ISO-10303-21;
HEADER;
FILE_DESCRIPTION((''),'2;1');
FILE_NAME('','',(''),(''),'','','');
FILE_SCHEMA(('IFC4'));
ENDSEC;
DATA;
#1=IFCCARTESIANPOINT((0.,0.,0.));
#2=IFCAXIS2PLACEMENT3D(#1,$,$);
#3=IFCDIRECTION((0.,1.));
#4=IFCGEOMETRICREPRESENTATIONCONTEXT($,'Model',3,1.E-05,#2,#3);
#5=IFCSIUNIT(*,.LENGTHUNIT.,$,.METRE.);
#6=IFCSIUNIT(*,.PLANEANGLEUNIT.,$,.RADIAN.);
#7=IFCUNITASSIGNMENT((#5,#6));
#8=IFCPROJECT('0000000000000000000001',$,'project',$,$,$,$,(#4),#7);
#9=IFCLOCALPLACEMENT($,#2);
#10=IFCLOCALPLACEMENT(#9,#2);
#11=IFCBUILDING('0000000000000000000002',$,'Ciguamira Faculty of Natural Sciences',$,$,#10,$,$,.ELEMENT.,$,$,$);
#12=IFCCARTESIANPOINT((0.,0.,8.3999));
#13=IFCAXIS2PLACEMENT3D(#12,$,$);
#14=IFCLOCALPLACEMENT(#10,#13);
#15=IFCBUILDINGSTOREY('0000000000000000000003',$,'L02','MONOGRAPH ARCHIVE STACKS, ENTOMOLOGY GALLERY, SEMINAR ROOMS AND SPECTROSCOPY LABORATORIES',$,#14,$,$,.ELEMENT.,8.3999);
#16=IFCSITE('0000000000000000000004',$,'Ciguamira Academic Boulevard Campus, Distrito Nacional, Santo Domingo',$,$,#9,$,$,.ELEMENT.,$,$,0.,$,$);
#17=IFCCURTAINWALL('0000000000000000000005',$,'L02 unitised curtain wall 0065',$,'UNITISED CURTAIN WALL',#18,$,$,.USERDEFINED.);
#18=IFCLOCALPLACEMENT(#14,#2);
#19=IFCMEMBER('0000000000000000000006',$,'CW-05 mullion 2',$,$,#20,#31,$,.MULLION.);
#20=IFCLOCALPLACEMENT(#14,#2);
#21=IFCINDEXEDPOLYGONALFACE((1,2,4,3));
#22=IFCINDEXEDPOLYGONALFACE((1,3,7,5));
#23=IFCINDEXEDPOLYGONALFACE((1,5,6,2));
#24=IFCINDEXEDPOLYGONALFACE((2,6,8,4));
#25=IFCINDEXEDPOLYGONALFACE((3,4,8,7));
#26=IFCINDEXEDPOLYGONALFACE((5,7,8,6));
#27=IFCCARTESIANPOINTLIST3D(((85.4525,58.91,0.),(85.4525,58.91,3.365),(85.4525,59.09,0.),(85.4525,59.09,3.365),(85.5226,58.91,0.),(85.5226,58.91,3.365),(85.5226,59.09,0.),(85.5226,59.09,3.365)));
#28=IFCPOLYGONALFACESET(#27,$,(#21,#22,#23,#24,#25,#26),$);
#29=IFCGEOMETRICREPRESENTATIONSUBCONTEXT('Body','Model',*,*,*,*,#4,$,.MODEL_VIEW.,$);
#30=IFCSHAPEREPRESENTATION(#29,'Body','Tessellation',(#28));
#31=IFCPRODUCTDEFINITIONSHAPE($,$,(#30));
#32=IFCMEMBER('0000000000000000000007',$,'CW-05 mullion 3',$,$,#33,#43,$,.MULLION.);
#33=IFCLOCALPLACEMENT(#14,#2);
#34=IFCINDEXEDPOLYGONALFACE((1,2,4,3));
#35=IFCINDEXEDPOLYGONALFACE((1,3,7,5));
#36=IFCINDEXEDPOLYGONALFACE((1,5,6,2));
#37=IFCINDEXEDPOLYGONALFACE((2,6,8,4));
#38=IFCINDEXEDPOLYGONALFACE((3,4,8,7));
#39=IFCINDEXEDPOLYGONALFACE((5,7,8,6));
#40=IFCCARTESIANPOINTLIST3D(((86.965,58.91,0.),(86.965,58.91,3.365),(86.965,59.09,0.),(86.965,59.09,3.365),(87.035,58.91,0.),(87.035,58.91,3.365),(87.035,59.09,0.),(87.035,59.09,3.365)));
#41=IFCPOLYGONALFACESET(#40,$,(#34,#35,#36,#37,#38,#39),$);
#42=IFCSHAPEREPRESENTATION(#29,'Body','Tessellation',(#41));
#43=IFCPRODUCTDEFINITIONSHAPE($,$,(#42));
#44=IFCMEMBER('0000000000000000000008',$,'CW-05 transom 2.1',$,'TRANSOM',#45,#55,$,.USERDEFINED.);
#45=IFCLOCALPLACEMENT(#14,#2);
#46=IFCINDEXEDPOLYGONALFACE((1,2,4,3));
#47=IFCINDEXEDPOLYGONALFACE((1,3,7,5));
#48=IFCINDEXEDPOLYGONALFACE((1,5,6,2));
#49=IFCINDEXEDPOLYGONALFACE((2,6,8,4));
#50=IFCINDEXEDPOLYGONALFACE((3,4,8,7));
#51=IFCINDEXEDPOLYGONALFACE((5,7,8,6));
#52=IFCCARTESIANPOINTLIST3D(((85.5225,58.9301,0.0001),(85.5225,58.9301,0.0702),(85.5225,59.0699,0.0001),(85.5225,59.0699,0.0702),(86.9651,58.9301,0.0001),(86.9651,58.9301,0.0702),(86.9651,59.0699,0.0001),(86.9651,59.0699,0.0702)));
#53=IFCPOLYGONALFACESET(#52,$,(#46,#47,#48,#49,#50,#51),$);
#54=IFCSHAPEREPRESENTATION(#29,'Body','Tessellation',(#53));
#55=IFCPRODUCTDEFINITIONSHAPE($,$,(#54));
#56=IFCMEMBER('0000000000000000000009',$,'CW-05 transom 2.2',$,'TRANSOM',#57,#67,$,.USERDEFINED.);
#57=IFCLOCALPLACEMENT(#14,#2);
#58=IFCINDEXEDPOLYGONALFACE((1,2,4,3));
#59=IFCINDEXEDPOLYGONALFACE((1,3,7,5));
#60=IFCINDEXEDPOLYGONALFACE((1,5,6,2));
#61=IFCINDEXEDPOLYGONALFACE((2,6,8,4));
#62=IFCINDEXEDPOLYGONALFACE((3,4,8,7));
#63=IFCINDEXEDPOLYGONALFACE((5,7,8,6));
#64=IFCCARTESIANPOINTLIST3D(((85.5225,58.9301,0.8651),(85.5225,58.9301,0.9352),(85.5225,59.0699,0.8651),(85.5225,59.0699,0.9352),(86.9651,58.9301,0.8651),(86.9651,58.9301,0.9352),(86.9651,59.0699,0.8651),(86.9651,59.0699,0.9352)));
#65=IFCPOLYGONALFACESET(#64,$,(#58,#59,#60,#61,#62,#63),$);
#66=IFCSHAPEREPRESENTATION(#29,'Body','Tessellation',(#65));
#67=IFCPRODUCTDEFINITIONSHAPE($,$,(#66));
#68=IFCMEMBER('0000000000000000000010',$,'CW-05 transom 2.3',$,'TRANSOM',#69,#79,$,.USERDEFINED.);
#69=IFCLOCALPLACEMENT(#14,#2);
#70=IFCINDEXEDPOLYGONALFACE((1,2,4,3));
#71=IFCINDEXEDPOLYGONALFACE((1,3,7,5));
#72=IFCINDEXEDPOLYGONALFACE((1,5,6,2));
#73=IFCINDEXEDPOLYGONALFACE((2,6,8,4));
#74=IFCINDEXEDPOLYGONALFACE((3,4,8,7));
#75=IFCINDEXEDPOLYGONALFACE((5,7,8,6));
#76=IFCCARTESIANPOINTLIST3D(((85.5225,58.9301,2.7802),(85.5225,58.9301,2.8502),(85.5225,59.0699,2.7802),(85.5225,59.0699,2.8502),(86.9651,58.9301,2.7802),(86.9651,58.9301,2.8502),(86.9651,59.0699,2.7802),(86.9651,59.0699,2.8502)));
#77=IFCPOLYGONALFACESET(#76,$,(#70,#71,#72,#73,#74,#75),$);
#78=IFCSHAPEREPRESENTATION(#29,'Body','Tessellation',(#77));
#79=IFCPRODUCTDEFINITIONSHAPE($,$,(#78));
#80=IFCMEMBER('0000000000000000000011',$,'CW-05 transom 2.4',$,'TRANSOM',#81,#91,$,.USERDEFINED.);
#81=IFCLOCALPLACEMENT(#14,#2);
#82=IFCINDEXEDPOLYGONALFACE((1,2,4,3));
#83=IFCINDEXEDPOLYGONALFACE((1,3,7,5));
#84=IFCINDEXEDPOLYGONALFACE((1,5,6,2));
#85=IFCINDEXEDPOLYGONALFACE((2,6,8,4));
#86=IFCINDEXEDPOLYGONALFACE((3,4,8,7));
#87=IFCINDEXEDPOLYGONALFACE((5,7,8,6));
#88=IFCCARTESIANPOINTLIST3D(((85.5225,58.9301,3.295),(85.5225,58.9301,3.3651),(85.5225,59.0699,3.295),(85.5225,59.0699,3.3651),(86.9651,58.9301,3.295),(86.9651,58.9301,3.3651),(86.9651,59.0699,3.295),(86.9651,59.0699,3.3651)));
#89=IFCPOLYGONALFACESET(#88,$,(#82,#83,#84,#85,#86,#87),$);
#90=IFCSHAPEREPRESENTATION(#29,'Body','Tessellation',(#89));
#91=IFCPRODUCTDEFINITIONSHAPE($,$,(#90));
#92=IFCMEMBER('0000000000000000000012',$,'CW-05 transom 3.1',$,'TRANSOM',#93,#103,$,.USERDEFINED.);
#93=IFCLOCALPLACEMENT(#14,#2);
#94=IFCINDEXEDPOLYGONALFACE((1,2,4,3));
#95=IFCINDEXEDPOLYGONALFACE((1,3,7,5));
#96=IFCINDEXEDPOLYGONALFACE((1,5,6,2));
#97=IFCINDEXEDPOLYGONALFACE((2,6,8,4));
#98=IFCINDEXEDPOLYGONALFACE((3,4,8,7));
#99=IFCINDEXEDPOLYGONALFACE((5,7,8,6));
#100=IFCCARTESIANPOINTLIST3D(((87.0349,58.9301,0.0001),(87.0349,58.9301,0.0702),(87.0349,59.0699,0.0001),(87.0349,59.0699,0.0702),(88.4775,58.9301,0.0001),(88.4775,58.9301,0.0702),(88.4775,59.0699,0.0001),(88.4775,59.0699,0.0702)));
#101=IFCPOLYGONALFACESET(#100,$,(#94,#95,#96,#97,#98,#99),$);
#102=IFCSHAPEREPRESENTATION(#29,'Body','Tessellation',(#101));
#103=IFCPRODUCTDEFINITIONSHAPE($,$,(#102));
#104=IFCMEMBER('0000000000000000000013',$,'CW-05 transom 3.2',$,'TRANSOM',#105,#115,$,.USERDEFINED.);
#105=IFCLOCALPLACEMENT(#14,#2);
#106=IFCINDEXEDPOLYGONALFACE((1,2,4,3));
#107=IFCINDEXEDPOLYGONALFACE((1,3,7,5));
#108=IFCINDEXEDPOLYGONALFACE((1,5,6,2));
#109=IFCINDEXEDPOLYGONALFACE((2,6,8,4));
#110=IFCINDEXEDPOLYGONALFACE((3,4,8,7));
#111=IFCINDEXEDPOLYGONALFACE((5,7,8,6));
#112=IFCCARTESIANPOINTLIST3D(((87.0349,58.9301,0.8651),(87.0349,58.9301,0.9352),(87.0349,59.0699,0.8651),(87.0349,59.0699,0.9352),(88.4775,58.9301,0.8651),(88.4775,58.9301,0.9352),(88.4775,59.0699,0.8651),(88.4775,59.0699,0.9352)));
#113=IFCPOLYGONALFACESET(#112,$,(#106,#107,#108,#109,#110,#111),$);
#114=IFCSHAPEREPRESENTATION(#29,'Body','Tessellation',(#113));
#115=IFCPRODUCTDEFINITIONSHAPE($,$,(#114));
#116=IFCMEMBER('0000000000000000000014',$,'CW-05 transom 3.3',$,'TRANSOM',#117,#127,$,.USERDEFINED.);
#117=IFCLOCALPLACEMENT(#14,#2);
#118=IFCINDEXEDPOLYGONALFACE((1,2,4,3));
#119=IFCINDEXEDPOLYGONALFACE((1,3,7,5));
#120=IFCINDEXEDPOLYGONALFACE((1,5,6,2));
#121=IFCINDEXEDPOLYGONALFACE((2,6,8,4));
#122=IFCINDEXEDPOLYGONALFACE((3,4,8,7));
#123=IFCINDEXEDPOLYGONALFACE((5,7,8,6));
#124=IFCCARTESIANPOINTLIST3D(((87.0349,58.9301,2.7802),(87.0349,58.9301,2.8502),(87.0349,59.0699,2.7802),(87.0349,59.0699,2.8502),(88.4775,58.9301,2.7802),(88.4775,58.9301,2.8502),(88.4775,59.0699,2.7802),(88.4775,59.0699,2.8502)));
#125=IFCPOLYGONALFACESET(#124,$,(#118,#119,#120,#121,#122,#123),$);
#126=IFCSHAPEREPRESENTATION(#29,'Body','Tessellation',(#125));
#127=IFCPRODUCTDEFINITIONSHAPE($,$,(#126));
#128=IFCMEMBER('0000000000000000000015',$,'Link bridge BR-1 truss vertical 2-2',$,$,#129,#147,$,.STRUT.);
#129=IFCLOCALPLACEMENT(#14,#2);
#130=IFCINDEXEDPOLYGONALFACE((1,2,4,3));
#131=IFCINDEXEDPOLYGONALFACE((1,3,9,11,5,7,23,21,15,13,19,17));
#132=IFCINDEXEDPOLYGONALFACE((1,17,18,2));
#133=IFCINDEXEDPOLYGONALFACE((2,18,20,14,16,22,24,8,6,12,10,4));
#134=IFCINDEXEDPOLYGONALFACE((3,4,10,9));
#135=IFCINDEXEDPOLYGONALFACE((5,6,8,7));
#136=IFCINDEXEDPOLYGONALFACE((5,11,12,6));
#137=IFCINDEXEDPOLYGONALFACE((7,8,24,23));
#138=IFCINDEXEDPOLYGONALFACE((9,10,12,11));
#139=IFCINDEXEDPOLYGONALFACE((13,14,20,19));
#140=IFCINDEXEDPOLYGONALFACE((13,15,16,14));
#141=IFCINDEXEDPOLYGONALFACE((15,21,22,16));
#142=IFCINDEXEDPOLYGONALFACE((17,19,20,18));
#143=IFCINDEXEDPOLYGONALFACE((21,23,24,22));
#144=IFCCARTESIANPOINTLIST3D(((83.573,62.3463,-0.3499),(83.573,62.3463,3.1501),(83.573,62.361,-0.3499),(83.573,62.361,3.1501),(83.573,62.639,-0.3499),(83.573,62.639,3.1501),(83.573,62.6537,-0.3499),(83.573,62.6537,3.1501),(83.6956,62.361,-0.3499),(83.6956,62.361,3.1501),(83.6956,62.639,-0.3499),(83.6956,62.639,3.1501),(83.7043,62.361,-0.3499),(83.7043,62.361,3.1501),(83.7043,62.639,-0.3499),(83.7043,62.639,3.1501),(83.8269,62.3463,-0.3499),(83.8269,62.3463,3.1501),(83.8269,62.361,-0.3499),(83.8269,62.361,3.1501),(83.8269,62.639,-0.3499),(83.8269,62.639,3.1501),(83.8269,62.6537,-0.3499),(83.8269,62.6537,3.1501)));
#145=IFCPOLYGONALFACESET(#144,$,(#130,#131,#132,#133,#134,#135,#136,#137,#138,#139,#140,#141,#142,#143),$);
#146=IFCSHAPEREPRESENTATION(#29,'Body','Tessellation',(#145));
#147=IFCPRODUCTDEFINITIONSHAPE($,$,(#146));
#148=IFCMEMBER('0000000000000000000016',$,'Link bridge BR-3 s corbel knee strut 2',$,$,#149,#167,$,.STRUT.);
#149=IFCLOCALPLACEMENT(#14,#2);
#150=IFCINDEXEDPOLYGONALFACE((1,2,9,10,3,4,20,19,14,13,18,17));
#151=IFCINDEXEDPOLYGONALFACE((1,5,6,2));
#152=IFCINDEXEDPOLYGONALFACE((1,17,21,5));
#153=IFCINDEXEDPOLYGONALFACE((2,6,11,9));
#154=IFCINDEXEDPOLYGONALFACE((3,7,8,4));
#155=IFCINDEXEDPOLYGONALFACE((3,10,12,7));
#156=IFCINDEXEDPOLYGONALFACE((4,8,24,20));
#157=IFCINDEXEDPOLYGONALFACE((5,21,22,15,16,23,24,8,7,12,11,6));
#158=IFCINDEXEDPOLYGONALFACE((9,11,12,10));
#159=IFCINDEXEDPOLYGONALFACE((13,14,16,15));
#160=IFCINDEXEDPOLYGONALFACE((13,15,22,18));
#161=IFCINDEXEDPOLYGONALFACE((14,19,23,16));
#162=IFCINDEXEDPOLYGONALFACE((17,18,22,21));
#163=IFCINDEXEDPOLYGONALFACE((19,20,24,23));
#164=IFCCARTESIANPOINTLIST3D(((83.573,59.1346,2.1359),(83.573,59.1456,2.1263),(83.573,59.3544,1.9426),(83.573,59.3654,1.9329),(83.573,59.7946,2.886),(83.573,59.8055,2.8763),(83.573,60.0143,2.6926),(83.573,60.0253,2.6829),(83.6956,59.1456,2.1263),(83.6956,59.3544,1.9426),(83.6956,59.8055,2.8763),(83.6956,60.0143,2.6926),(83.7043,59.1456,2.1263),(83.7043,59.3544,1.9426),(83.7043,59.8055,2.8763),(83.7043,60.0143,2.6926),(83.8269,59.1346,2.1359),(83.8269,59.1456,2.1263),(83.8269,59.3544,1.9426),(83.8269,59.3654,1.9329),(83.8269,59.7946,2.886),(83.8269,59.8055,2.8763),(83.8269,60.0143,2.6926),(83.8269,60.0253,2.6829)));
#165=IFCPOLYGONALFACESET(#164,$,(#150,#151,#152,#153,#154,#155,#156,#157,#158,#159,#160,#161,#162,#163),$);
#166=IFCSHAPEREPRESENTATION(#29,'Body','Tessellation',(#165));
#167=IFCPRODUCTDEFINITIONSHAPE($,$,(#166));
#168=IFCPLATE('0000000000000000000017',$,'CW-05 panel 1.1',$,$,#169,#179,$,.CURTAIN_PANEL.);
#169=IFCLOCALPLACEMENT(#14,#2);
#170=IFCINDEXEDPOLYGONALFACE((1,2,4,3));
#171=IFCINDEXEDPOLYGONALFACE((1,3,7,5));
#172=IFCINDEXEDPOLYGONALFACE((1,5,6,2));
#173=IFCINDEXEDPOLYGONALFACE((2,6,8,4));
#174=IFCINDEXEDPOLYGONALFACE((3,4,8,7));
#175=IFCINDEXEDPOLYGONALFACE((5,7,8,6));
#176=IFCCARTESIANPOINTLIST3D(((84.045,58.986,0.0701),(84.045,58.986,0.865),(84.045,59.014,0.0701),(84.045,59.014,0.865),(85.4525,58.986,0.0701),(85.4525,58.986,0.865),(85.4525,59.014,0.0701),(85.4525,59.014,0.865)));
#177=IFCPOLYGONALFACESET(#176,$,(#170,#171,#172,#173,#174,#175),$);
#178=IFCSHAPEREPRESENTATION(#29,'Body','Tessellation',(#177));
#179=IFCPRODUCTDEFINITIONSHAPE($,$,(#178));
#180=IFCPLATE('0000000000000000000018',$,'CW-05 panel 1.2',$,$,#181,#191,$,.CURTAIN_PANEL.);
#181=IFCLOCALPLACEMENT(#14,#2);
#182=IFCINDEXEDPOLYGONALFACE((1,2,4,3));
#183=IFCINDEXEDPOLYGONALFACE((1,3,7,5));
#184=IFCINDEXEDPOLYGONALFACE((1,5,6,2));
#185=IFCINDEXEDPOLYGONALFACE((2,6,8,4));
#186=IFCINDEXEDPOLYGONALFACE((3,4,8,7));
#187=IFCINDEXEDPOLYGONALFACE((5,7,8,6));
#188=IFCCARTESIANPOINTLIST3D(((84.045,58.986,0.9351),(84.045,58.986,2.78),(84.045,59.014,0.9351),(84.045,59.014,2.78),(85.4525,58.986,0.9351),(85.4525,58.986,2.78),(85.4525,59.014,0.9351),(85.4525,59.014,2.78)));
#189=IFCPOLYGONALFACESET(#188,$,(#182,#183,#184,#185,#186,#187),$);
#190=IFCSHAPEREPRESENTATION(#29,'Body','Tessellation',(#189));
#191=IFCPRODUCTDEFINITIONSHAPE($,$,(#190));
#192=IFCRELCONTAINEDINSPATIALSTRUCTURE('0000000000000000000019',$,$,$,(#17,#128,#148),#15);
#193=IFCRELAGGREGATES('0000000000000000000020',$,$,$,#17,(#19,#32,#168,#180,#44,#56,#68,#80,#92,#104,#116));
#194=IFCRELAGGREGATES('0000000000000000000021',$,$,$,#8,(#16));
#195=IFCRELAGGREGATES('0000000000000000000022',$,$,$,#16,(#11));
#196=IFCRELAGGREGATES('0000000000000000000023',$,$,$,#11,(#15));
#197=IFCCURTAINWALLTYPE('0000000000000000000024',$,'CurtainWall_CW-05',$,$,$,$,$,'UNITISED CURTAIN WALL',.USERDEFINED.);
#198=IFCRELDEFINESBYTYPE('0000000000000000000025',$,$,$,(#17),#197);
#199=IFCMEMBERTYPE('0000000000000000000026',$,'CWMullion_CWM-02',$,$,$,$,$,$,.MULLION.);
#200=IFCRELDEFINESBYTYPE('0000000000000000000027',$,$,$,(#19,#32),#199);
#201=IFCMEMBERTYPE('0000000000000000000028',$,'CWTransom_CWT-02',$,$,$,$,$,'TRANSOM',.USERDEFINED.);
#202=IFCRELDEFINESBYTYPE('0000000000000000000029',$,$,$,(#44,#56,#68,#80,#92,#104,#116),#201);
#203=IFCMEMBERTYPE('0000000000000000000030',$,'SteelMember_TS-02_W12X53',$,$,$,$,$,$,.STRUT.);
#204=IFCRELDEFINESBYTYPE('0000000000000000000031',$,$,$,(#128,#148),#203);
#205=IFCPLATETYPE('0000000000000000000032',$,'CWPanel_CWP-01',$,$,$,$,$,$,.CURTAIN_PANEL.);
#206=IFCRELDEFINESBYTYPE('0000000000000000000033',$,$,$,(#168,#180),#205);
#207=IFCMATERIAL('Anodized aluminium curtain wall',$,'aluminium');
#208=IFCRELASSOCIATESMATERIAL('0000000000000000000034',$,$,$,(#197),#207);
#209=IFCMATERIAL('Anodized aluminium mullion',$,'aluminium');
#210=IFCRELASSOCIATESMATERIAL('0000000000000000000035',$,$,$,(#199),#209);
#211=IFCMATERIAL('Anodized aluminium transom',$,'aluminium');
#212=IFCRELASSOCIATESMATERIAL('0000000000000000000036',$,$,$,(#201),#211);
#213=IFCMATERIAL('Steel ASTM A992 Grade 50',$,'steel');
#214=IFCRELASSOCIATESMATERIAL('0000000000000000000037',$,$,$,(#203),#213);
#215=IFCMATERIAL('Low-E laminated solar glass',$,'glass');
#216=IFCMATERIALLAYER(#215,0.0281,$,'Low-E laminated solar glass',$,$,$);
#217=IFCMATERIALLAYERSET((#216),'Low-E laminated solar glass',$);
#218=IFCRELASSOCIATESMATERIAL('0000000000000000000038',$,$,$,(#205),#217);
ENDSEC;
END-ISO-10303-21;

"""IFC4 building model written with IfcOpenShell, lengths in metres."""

from ifc_helpers import new_model, si_unit, direction, frame, origin, origin_2d, place, context, subcontext, project, spatial, rectangle, i_section, extrude, material, layer, layer_set, material_profile, profile_set, type_object, element, aggregate, save


model = new_model("IFC4")

# Units and contexts
model_context = context("Model", 3, precision=1e-05, world=origin(), true_north=direction((0.0, 1.0)))
body_context = subcontext(model_context, "Body", "Model", "MODEL_VIEW")
ifc_project = project(units=[si_unit("LENGTHUNIT", "METRE"), si_unit("PLANEANGLEUNIT", "RADIAN")], contexts=[model_context])

# Site, building, storey
site_placement = place(None, origin())
site = spatial("IfcSite", under=ifc_project, at=site_placement, Name="Ciguamira Academic Boulevard Campus, Distrito Nacional, Santo Domingo", CompositionType="ELEMENT", RefElevation=0.0)
building_placement = place(site_placement, origin())
building = spatial("IfcBuilding", under=site, at=building_placement, Name="Ciguamira Faculty of Natural Sciences", CompositionType="ELEMENT")
storey_placement = place(building_placement, frame((0.0, 0.0, 8.3999)))
storey = spatial("IfcBuildingStorey", under=building, at=storey_placement, Name="L02", Description="MONOGRAPH ARCHIVE STACKS, ENTOMOLOGY GALLERY, SEMINAR ROOMS AND SPECTROSCOPY LABORATORIES", CompositionType="ELEMENT", Elevation=8.3999)

# Curtain wall, members
ifc_material_1 = material(Name="Anodized aluminium curtain wall", Category="aluminium")
curtain_wall_type = type_object("IfcCurtainWallType", Name="CurtainWall_CW-05", ElementType="UNITISED CURTAIN WALL", PredefinedType="USERDEFINED", material=ifc_material_1)
curtain_wall_placement = place(storey_placement, origin())
curtain_wall = element("IfcCurtainWall", 1, at=curtain_wall_placement, inside=storey, type_object=curtain_wall_type, Name="L02 unitised curtain wall 0065", ObjectType="UNITISED CURTAIN WALL", PredefinedType="USERDEFINED")
ifc_material_2 = material(Name="Anodized aluminium mullion", Category="aluminium")
ifc_material_profile_1 = material_profile(ifc_material_2, rectangle(XDim=0.0701, YDim=0.1799, at=origin_2d()), Name="ALU-MUL-70X180")
ifc_profile_set_1 = profile_set([ifc_material_profile_1], Name="Anodized aluminium mullion")
member_type_1 = type_object("IfcMemberType", Name="CWMullion_CWM-02", PredefinedType="MULLION", material=ifc_profile_set_1)
member_1_placement = place(storey_placement, frame((85.4875, 59.0, 0.0), z_axis=(0.0, 0.0, 1.0), x_axis=(1.0, 0.0, 0.0)))
member_1 = element("IfcMember", 2, at=member_1_placement, type_object=member_type_1, Name="CW-05 mullion 2", PredefinedType="MULLION", context=body_context, shape_type="SweptSolid", body=[
    extrude(rectangle(XDim=0.0701, YDim=0.1799, at=origin_2d()), origin(), (0.0, 0.0, 1.0), 3.365),
])
member_2_placement = place(storey_placement, frame((87.0, 59.0, 0.0), z_axis=(0.0, 0.0, 1.0), x_axis=(1.0, 0.0, 0.0)))
member_2 = element("IfcMember", 3, at=member_2_placement, type_object=member_type_1, Name="CW-05 mullion 3", PredefinedType="MULLION", context=body_context, shape_type="SweptSolid", body=[
    extrude(rectangle(XDim=0.0701, YDim=0.1799, at=origin_2d()), origin(), (0.0, 0.0, 1.0), 3.365),
])
ifc_material_3 = material(Name="Anodized aluminium transom", Category="aluminium")
ifc_material_profile_2 = material_profile(ifc_material_3, rectangle(XDim=0.0701, YDim=0.1399, at=origin_2d()), Name="ALU-TRN-70X140")
ifc_profile_set_2 = profile_set([ifc_material_profile_2], Name="Anodized aluminium transom")
member_type_2 = type_object("IfcMemberType", Name="CWTransom_CWT-02", ElementType="TRANSOM", PredefinedType="USERDEFINED", material=ifc_profile_set_2)
member_3_placement = place(storey_placement, frame((85.5225, 59.0, 0.0352), z_axis=(1.0, 0.0, 0.0), x_axis=(0.0, 0.0, 1.0)))
member_3 = element("IfcMember", 4, at=member_3_placement, type_object=member_type_2, Name="CW-05 transom 2.1", ObjectType="TRANSOM", PredefinedType="USERDEFINED", context=body_context, shape_type="SweptSolid", body=[
    extrude(rectangle(XDim=0.0701, YDim=0.1399, at=origin_2d()), origin(), (0.0, 0.0, 1.0), 1.4426),
])
member_4_placement = place(storey_placement, frame((85.5225, 59.0, 0.9001), z_axis=(1.0, 0.0, 0.0), x_axis=(0.0, 0.0, 1.0)))
member_4 = element("IfcMember", 5, at=member_4_placement, type_object=member_type_2, Name="CW-05 transom 2.2", ObjectType="TRANSOM", PredefinedType="USERDEFINED", context=body_context, shape_type="SweptSolid", body=[
    extrude(rectangle(XDim=0.0701, YDim=0.1399, at=origin_2d()), origin(), (0.0, 0.0, 1.0), 1.4426),
])
member_5_placement = place(storey_placement, frame((85.5225, 59.0, 2.8152), z_axis=(1.0, 0.0, 0.0), x_axis=(0.0, 0.0, 1.0)))
member_5 = element("IfcMember", 6, at=member_5_placement, type_object=member_type_2, Name="CW-05 transom 2.3", ObjectType="TRANSOM", PredefinedType="USERDEFINED", context=body_context, shape_type="SweptSolid", body=[
    extrude(rectangle(XDim=0.0701, YDim=0.1399, at=origin_2d()), origin(), (0.0, 0.0, 1.0), 1.4426),
])
member_6_placement = place(storey_placement, frame((85.5225, 59.0, 3.3301), z_axis=(1.0, 0.0, 0.0), x_axis=(0.0, 0.0, 1.0)))
member_6 = element("IfcMember", 7, at=member_6_placement, type_object=member_type_2, Name="CW-05 transom 2.4", ObjectType="TRANSOM", PredefinedType="USERDEFINED", context=body_context, shape_type="SweptSolid", body=[
    extrude(rectangle(XDim=0.0701, YDim=0.1399, at=origin_2d()), origin(), (0.0, 0.0, 1.0), 1.4426),
])
member_7_placement = place(storey_placement, frame((87.0349, 59.0, 0.0352), z_axis=(1.0, 0.0, 0.0), x_axis=(0.0, 0.0, 1.0)))
member_7 = element("IfcMember", 8, at=member_7_placement, type_object=member_type_2, Name="CW-05 transom 3.1", ObjectType="TRANSOM", PredefinedType="USERDEFINED", context=body_context, shape_type="SweptSolid", body=[
    extrude(rectangle(XDim=0.0701, YDim=0.1399, at=origin_2d()), origin(), (0.0, 0.0, 1.0), 1.4426),
])
member_8_placement = place(storey_placement, frame((87.0349, 59.0, 0.9001), z_axis=(1.0, 0.0, 0.0), x_axis=(0.0, 0.0, 1.0)))
member_8 = element("IfcMember", 9, at=member_8_placement, type_object=member_type_2, Name="CW-05 transom 3.2", ObjectType="TRANSOM", PredefinedType="USERDEFINED", context=body_context, shape_type="SweptSolid", body=[
    extrude(rectangle(XDim=0.0701, YDim=0.1399, at=origin_2d()), origin(), (0.0, 0.0, 1.0), 1.4426),
])
member_9_placement = place(storey_placement, frame((87.0349, 59.0, 2.8152), z_axis=(1.0, 0.0, 0.0), x_axis=(0.0, 0.0, 1.0)))
member_9 = element("IfcMember", 10, at=member_9_placement, type_object=member_type_2, Name="CW-05 transom 3.3", ObjectType="TRANSOM", PredefinedType="USERDEFINED", context=body_context, shape_type="SweptSolid", body=[
    extrude(rectangle(XDim=0.0701, YDim=0.1399, at=origin_2d()), origin(), (0.0, 0.0, 1.0), 1.4426),
])

# Members
ifc_material_4 = material(Name="Steel ASTM A992 Grade 50", Category="steel")
ifc_material_profile_3 = material_profile(ifc_material_4, i_section(OverallWidth=0.2539, OverallDepth=0.3074, WebThickness=0.0088, FlangeThickness=0.0146, at=origin_2d()), Name="W12X53")
ifc_profile_set_3 = profile_set([ifc_material_profile_3], Name="Steel ASTM A992 Grade 50")
member_type_3 = type_object("IfcMemberType", Name="SteelMember_TS-02_W12X53", PredefinedType="STRUT", material=ifc_profile_set_3)
member_10_placement = place(storey_placement, frame((83.7, 62.5, -0.3499), z_axis=(0.0, 0.0, 1.0), x_axis=(1.0, 0.0, 0.0)))
element("IfcMember", 11, at=member_10_placement, inside=storey, type_object=member_type_3, Name="Link bridge BR-1 truss vertical 2-2", PredefinedType="STRUT", context=body_context, shape_type="SweptSolid", body=[
    extrude(i_section(OverallWidth=0.2539, OverallDepth=0.3074, WebThickness=0.0088, FlangeThickness=0.0146, at=origin_2d()), origin(), (0.0, 0.0, 1.0), 3.5),
])
member_11_placement = place(storey_placement, frame((83.7, 59.25, 2.0344), z_axis=(0.0, 0.660578, 0.750757), x_axis=(-1.0, 0.0, 0.0)))
element("IfcMember", 12, at=member_11_placement, inside=storey, type_object=member_type_3, Name="Link bridge BR-3 s corbel knee strut 2", PredefinedType="STRUT", context=body_context, shape_type="SweptSolid", body=[
    extrude(i_section(OverallWidth=0.2539, OverallDepth=0.3074, WebThickness=0.0088, FlangeThickness=0.0146, at=origin_2d()), origin(), (0.0, 0.0, 1.0), 0.999),
])

# Plates
ifc_material_5 = material(Name="Low-E laminated solar glass", Category="glass")
ifc_layer_1 = layer(ifc_material_5, 0.0281, Name="Low-E laminated solar glass")
ifc_layer_set_1 = layer_set([ifc_layer_1], Name="Low-E laminated solar glass")
plate_type_1 = type_object("IfcPlateType", Name="CWPanel_CWP-01", PredefinedType="CURTAIN_PANEL", material=ifc_layer_set_1)
plate_1_placement = place(storey_placement, frame((84.7488, 59.0, 0.0701), z_axis=(0.0, 0.0, 1.0), x_axis=(1.0, 0.0, 0.0)))
plate_1 = element("IfcPlate", 13, at=plate_1_placement, type_object=plate_type_1, Name="CW-05 panel 1.1", PredefinedType="CURTAIN_PANEL", context=body_context, shape_type="SweptSolid", body=[
    extrude(rectangle(XDim=1.4075, YDim=0.0281, at=origin_2d()), origin(), (0.0, 0.0, 1.0), 0.7949),
])
plate_2_placement = place(storey_placement, frame((84.7488, 59.0, 0.9351), z_axis=(0.0, 0.0, 1.0), x_axis=(1.0, 0.0, 0.0)))
plate_2 = element("IfcPlate", 14, at=plate_2_placement, type_object=plate_type_1, Name="CW-05 panel 1.2", PredefinedType="CURTAIN_PANEL", context=body_context, shape_type="SweptSolid", body=[
    extrude(rectangle(XDim=1.4075, YDim=0.0281, at=origin_2d()), origin(), (0.0, 0.0, 1.0), 1.845),
])
aggregate(curtain_wall, [member_1, member_2, plate_1, plate_2, member_3, member_4, member_5, member_6, member_7, member_8, member_9])

save(model, "model.ifc")
